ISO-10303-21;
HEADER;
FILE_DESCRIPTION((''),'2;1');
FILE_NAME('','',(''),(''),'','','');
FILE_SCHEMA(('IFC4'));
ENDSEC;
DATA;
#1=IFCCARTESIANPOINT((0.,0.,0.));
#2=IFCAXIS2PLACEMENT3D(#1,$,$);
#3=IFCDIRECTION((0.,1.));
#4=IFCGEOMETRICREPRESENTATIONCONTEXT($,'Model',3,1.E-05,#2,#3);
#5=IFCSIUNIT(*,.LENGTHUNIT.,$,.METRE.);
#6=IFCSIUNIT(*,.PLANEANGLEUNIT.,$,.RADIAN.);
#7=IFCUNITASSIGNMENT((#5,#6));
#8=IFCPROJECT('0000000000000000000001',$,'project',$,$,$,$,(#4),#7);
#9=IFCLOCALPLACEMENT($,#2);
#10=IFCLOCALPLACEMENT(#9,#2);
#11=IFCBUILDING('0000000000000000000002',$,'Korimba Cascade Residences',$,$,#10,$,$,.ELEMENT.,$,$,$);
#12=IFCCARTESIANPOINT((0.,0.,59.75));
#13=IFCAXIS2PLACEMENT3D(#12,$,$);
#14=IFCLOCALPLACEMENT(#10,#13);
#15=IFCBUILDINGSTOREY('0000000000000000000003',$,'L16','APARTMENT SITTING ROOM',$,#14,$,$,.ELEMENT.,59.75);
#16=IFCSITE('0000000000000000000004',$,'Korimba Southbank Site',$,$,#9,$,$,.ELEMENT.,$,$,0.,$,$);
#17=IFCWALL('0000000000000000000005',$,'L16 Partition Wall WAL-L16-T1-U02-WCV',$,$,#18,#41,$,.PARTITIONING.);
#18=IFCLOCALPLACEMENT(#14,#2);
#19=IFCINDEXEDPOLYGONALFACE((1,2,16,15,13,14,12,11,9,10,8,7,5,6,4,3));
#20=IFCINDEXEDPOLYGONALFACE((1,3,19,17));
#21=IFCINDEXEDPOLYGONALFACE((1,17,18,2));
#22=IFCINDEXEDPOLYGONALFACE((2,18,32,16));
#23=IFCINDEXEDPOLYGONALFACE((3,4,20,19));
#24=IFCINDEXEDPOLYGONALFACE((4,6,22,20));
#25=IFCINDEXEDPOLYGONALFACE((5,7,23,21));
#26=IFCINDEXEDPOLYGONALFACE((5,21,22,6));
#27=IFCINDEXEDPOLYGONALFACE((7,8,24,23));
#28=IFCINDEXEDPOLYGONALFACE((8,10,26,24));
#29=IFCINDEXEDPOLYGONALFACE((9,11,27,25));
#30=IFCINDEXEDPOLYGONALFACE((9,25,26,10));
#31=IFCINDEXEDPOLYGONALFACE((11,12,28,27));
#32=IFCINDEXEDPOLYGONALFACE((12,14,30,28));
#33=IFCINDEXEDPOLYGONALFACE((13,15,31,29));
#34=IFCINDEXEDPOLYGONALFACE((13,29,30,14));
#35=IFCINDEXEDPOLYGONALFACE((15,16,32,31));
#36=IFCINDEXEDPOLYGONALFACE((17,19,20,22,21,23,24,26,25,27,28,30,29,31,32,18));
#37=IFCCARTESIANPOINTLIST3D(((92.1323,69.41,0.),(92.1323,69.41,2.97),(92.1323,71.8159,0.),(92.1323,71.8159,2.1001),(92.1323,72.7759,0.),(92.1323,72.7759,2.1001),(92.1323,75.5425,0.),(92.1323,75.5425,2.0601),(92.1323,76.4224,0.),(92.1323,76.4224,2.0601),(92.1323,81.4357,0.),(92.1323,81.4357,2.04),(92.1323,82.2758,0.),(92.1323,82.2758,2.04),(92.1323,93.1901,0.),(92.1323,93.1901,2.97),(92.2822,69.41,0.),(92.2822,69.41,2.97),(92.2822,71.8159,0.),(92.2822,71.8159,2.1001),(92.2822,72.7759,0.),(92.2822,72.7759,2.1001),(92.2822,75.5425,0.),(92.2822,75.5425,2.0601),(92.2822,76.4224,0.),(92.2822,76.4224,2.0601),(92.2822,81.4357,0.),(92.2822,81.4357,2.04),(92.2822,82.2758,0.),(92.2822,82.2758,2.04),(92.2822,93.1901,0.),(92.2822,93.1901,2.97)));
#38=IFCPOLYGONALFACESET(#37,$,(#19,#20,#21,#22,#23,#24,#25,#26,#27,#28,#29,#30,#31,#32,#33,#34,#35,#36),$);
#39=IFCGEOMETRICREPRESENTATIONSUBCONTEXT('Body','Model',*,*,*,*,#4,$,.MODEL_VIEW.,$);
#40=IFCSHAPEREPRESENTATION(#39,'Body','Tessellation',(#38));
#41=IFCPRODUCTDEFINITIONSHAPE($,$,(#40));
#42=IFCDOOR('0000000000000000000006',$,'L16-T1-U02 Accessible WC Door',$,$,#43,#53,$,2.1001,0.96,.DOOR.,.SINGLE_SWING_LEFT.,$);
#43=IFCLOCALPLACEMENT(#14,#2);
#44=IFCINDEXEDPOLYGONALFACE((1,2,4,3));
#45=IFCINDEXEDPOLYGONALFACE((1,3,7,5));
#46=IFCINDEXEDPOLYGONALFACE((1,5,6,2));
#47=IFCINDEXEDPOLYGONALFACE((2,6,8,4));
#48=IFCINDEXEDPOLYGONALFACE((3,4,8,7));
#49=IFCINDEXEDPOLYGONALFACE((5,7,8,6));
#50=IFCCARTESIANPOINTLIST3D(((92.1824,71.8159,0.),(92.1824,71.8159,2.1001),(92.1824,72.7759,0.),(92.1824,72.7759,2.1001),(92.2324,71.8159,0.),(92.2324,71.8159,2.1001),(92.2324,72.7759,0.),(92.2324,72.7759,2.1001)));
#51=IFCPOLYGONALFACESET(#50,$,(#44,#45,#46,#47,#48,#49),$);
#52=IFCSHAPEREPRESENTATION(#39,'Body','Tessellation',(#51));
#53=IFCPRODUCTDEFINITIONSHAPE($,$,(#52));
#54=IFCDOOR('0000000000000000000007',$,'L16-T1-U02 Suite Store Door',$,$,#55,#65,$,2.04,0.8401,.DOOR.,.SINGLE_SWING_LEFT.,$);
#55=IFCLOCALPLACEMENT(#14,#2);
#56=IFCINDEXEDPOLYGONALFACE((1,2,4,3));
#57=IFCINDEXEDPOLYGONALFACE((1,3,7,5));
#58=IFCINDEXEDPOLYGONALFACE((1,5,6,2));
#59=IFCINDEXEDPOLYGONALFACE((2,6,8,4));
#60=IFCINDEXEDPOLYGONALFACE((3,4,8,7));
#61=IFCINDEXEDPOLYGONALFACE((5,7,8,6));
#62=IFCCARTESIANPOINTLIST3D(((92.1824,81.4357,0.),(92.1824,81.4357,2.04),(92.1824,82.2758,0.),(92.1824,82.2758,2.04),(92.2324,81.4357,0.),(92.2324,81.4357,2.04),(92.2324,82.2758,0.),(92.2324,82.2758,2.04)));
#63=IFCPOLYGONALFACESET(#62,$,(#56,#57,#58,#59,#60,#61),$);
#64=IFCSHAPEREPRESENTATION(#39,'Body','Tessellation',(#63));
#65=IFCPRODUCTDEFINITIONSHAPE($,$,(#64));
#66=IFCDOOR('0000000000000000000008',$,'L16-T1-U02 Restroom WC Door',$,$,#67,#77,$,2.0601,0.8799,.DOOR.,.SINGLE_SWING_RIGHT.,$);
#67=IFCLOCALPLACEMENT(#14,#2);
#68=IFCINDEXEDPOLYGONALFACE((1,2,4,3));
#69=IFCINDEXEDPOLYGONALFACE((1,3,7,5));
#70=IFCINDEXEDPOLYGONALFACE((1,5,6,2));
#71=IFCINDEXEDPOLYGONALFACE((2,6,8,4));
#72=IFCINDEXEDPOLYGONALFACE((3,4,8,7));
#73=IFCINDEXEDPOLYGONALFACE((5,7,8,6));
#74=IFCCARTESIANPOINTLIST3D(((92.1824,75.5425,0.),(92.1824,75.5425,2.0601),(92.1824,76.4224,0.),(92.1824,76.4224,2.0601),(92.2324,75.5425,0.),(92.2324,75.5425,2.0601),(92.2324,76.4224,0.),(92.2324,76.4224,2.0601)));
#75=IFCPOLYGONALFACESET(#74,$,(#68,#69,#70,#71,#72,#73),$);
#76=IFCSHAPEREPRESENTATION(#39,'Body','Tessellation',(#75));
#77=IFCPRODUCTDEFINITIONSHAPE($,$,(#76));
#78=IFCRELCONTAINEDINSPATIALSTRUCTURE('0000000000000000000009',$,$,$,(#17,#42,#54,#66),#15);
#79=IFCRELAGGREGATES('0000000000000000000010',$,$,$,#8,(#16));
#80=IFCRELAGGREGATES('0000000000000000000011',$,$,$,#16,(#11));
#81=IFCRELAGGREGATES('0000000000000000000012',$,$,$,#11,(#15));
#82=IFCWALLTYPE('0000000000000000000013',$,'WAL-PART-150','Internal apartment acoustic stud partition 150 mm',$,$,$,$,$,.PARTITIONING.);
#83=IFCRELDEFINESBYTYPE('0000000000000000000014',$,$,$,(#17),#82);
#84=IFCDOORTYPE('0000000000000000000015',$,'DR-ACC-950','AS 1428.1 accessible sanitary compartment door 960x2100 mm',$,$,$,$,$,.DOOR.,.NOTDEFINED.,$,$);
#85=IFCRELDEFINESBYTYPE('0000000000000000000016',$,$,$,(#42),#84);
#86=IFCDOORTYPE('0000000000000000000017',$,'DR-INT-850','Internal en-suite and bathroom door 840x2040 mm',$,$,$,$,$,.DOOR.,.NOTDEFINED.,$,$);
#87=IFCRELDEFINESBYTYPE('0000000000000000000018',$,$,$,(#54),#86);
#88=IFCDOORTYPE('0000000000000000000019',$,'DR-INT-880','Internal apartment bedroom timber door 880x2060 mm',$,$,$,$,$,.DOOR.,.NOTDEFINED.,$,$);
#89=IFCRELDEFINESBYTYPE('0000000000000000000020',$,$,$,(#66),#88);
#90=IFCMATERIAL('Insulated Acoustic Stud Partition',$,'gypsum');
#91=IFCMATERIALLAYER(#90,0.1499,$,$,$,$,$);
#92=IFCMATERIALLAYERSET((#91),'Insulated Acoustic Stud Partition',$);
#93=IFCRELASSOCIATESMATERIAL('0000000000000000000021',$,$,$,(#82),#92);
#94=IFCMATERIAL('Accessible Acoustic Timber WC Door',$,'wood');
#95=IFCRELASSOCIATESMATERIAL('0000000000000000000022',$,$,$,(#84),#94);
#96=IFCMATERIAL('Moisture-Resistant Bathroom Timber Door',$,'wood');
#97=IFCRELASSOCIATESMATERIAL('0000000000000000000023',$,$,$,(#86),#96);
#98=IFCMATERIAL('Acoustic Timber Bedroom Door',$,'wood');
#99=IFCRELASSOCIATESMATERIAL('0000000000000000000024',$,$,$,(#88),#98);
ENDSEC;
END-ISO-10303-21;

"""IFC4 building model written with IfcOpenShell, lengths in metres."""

from ifc_helpers import new_model, si_unit, direction, frame, frame_2d, origin, place, context, subcontext, project, spatial, rectangle, extrude, material, layer, layer_set, type_object, element, fill, save


model = new_model("IFC4")

# Units and contexts
model_context = context("Model", 3, precision=1e-05, world=origin(), true_north=direction((0.0, 1.0)))
body_context = subcontext(model_context, "Body", "Model", "MODEL_VIEW")
ifc_project = project(units=[si_unit("LENGTHUNIT", "METRE"), si_unit("PLANEANGLEUNIT", "RADIAN")], contexts=[model_context])

# Site, building, storey
site_placement = place(None, origin())
site = spatial("IfcSite", under=ifc_project, at=site_placement, Name="Korimba Southbank Site", CompositionType="ELEMENT", RefElevation=0.0)
building_placement = place(site_placement, origin())
building = spatial("IfcBuilding", under=site, at=building_placement, Name="Korimba Cascade Residences", CompositionType="ELEMENT")
storey_placement = place(building_placement, frame((0.0, 0.0, 59.75)))
storey = spatial("IfcBuildingStorey", under=building, at=storey_placement, Name="L16", Description="APARTMENT SITTING ROOM", CompositionType="ELEMENT", Elevation=59.75)

# Shared definitions
ifc_material_1 = material(Name="Insulated Acoustic Stud Partition", Category="gypsum")
ifc_layer_1 = layer(ifc_material_1, 0.1499)
ifc_layer_set_1 = layer_set([ifc_layer_1], Name="Insulated Acoustic Stud Partition")
wall_type_1 = type_object("IfcWallType", Name="WAL-PART-150", Description="Internal apartment acoustic stud partition 150 mm", PredefinedType="PARTITIONING", material=ifc_layer_set_1)

# Wall, openings, doors
wall_placement = place(storey_placement, frame((92.2073, 69.4099, 0.0), z_axis=(0.0, 0.0, 1.0), x_axis=(0.0, 1.0, 0.0)))
wall = element("IfcWall", 1, at=wall_placement, inside=storey, type_object=wall_type_1, Name="L16 Partition Wall WAL-L16-T1-U02-WCV", PredefinedType="PARTITIONING", context=body_context, shape_type="SweptSolid", body=[
    extrude(rectangle(XDim=23.78, YDim=0.1499, at=frame_2d((11.8901, 0.0))), origin(), (0.0, 0.0, 1.0), 2.97),
])
opening_1_placement = place(wall_placement, frame((2.406, 0.0, 0.0)))
opening_1 = element("IfcOpeningElement", 2, at=opening_1_placement, cuts=wall, PredefinedType="OPENING", context=body_context, shape_type="SweptSolid", body=[
    extrude(rectangle(XDim=0.96, YDim=2.1001, at=frame_2d((0.48, 1.05))), frame((0.0, 0.085, 0.0), z_axis=(0.0, -1.0, 0.0), x_axis=(1.0, 0.0, 0.0)), (0.0, 0.0, 1.0), 0.1699),
])
opening_2_placement = place(wall_placement, frame((6.1326, 0.0, 0.0)))
opening_2 = element("IfcOpeningElement", 3, at=opening_2_placement, cuts=wall, PredefinedType="OPENING", context=body_context, shape_type="SweptSolid", body=[
    extrude(rectangle(XDim=0.8799, YDim=2.0601, at=frame_2d((0.4399, 1.03))), frame((0.0, 0.085, 0.0), z_axis=(0.0, -1.0, 0.0), x_axis=(1.0, 0.0, 0.0)), (0.0, 0.0, 1.0), 0.1699),
])
opening_3_placement = place(wall_placement, frame((12.0259, 0.0, 0.0)))
opening_3 = element("IfcOpeningElement", 4, at=opening_3_placement, cuts=wall, PredefinedType="OPENING", context=body_context, shape_type="SweptSolid", body=[
    extrude(rectangle(XDim=0.8401, YDim=2.04, at=frame_2d((0.4199, 1.02))), frame((0.0, 0.085, 0.0), z_axis=(0.0, -1.0, 0.0), x_axis=(1.0, 0.0, 0.0)), (0.0, 0.0, 1.0), 0.1699),
])
ifc_material_2 = material(Name="Accessible Acoustic Timber WC Door", Category="wood")
door_type_1 = type_object("IfcDoorType", Name="DR-ACC-950", Description="AS 1428.1 accessible sanitary compartment door 960x2100 mm", OperationType="NOTDEFINED", PredefinedType="DOOR", material=ifc_material_2)
door_1_placement = place(opening_1_placement, origin())
door_1 = element("IfcDoor", 5, at=door_1_placement, inside=storey, type_object=door_type_1, Name="L16-T1-U02 Accessible WC Door", OperationType="SINGLE_SWING_LEFT", OverallHeight=2.1001, OverallWidth=0.96, PredefinedType="DOOR", context=body_context, shape_type="SweptSolid", body=[
    extrude(rectangle(XDim=0.96, YDim=2.1001, at=frame_2d((0.48, 1.05))), frame((0.0, 0.0249, 0.0), z_axis=(0.0, -1.0, 0.0), x_axis=(1.0, 0.0, 0.0)), (0.0, 0.0, 1.0), 0.05),
])
fill(opening_1, door_1)
ifc_material_3 = material(Name="Moisture-Resistant Bathroom Timber Door", Category="wood")
door_type_2 = type_object("IfcDoorType", Name="DR-INT-850", Description="Internal en-suite and bathroom door 840x2040 mm", OperationType="NOTDEFINED", PredefinedType="DOOR", material=ifc_material_3)
door_2_placement = place(opening_3_placement, origin())
door_2 = element("IfcDoor", 6, at=door_2_placement, inside=storey, type_object=door_type_2, Name="L16-T1-U02 Suite Store Door", OperationType="SINGLE_SWING_LEFT", OverallHeight=2.04, OverallWidth=0.8401, PredefinedType="DOOR", context=body_context, shape_type="SweptSolid", body=[
    extrude(rectangle(XDim=0.8401, YDim=2.04, at=frame_2d((0.4199, 1.02))), frame((0.0, 0.0249, 0.0), z_axis=(0.0, -1.0, 0.0), x_axis=(1.0, 0.0, 0.0)), (0.0, 0.0, 1.0), 0.05),
])
fill(opening_3, door_2)
ifc_material_4 = material(Name="Acoustic Timber Bedroom Door", Category="wood")
door_type_3 = type_object("IfcDoorType", Name="DR-INT-880", Description="Internal apartment bedroom timber door 880x2060 mm", OperationType="NOTDEFINED", PredefinedType="DOOR", material=ifc_material_4)
door_3_placement = place(opening_2_placement, origin())
door_3 = element("IfcDoor", 7, at=door_3_placement, inside=storey, type_object=door_type_3, Name="L16-T1-U02 Restroom WC Door", OperationType="SINGLE_SWING_RIGHT", OverallHeight=2.0601, OverallWidth=0.8799, PredefinedType="DOOR", context=body_context, shape_type="SweptSolid", body=[
    extrude(rectangle(XDim=0.8799, YDim=2.0601, at=frame_2d((0.4399, 1.03))), frame((0.0, 0.0249, 0.0), z_axis=(0.0, -1.0, 0.0), x_axis=(1.0, 0.0, 0.0)), (0.0, 0.0, 1.0), 0.05),
])
fill(opening_2, door_3)

save(model, "model.ifc")
